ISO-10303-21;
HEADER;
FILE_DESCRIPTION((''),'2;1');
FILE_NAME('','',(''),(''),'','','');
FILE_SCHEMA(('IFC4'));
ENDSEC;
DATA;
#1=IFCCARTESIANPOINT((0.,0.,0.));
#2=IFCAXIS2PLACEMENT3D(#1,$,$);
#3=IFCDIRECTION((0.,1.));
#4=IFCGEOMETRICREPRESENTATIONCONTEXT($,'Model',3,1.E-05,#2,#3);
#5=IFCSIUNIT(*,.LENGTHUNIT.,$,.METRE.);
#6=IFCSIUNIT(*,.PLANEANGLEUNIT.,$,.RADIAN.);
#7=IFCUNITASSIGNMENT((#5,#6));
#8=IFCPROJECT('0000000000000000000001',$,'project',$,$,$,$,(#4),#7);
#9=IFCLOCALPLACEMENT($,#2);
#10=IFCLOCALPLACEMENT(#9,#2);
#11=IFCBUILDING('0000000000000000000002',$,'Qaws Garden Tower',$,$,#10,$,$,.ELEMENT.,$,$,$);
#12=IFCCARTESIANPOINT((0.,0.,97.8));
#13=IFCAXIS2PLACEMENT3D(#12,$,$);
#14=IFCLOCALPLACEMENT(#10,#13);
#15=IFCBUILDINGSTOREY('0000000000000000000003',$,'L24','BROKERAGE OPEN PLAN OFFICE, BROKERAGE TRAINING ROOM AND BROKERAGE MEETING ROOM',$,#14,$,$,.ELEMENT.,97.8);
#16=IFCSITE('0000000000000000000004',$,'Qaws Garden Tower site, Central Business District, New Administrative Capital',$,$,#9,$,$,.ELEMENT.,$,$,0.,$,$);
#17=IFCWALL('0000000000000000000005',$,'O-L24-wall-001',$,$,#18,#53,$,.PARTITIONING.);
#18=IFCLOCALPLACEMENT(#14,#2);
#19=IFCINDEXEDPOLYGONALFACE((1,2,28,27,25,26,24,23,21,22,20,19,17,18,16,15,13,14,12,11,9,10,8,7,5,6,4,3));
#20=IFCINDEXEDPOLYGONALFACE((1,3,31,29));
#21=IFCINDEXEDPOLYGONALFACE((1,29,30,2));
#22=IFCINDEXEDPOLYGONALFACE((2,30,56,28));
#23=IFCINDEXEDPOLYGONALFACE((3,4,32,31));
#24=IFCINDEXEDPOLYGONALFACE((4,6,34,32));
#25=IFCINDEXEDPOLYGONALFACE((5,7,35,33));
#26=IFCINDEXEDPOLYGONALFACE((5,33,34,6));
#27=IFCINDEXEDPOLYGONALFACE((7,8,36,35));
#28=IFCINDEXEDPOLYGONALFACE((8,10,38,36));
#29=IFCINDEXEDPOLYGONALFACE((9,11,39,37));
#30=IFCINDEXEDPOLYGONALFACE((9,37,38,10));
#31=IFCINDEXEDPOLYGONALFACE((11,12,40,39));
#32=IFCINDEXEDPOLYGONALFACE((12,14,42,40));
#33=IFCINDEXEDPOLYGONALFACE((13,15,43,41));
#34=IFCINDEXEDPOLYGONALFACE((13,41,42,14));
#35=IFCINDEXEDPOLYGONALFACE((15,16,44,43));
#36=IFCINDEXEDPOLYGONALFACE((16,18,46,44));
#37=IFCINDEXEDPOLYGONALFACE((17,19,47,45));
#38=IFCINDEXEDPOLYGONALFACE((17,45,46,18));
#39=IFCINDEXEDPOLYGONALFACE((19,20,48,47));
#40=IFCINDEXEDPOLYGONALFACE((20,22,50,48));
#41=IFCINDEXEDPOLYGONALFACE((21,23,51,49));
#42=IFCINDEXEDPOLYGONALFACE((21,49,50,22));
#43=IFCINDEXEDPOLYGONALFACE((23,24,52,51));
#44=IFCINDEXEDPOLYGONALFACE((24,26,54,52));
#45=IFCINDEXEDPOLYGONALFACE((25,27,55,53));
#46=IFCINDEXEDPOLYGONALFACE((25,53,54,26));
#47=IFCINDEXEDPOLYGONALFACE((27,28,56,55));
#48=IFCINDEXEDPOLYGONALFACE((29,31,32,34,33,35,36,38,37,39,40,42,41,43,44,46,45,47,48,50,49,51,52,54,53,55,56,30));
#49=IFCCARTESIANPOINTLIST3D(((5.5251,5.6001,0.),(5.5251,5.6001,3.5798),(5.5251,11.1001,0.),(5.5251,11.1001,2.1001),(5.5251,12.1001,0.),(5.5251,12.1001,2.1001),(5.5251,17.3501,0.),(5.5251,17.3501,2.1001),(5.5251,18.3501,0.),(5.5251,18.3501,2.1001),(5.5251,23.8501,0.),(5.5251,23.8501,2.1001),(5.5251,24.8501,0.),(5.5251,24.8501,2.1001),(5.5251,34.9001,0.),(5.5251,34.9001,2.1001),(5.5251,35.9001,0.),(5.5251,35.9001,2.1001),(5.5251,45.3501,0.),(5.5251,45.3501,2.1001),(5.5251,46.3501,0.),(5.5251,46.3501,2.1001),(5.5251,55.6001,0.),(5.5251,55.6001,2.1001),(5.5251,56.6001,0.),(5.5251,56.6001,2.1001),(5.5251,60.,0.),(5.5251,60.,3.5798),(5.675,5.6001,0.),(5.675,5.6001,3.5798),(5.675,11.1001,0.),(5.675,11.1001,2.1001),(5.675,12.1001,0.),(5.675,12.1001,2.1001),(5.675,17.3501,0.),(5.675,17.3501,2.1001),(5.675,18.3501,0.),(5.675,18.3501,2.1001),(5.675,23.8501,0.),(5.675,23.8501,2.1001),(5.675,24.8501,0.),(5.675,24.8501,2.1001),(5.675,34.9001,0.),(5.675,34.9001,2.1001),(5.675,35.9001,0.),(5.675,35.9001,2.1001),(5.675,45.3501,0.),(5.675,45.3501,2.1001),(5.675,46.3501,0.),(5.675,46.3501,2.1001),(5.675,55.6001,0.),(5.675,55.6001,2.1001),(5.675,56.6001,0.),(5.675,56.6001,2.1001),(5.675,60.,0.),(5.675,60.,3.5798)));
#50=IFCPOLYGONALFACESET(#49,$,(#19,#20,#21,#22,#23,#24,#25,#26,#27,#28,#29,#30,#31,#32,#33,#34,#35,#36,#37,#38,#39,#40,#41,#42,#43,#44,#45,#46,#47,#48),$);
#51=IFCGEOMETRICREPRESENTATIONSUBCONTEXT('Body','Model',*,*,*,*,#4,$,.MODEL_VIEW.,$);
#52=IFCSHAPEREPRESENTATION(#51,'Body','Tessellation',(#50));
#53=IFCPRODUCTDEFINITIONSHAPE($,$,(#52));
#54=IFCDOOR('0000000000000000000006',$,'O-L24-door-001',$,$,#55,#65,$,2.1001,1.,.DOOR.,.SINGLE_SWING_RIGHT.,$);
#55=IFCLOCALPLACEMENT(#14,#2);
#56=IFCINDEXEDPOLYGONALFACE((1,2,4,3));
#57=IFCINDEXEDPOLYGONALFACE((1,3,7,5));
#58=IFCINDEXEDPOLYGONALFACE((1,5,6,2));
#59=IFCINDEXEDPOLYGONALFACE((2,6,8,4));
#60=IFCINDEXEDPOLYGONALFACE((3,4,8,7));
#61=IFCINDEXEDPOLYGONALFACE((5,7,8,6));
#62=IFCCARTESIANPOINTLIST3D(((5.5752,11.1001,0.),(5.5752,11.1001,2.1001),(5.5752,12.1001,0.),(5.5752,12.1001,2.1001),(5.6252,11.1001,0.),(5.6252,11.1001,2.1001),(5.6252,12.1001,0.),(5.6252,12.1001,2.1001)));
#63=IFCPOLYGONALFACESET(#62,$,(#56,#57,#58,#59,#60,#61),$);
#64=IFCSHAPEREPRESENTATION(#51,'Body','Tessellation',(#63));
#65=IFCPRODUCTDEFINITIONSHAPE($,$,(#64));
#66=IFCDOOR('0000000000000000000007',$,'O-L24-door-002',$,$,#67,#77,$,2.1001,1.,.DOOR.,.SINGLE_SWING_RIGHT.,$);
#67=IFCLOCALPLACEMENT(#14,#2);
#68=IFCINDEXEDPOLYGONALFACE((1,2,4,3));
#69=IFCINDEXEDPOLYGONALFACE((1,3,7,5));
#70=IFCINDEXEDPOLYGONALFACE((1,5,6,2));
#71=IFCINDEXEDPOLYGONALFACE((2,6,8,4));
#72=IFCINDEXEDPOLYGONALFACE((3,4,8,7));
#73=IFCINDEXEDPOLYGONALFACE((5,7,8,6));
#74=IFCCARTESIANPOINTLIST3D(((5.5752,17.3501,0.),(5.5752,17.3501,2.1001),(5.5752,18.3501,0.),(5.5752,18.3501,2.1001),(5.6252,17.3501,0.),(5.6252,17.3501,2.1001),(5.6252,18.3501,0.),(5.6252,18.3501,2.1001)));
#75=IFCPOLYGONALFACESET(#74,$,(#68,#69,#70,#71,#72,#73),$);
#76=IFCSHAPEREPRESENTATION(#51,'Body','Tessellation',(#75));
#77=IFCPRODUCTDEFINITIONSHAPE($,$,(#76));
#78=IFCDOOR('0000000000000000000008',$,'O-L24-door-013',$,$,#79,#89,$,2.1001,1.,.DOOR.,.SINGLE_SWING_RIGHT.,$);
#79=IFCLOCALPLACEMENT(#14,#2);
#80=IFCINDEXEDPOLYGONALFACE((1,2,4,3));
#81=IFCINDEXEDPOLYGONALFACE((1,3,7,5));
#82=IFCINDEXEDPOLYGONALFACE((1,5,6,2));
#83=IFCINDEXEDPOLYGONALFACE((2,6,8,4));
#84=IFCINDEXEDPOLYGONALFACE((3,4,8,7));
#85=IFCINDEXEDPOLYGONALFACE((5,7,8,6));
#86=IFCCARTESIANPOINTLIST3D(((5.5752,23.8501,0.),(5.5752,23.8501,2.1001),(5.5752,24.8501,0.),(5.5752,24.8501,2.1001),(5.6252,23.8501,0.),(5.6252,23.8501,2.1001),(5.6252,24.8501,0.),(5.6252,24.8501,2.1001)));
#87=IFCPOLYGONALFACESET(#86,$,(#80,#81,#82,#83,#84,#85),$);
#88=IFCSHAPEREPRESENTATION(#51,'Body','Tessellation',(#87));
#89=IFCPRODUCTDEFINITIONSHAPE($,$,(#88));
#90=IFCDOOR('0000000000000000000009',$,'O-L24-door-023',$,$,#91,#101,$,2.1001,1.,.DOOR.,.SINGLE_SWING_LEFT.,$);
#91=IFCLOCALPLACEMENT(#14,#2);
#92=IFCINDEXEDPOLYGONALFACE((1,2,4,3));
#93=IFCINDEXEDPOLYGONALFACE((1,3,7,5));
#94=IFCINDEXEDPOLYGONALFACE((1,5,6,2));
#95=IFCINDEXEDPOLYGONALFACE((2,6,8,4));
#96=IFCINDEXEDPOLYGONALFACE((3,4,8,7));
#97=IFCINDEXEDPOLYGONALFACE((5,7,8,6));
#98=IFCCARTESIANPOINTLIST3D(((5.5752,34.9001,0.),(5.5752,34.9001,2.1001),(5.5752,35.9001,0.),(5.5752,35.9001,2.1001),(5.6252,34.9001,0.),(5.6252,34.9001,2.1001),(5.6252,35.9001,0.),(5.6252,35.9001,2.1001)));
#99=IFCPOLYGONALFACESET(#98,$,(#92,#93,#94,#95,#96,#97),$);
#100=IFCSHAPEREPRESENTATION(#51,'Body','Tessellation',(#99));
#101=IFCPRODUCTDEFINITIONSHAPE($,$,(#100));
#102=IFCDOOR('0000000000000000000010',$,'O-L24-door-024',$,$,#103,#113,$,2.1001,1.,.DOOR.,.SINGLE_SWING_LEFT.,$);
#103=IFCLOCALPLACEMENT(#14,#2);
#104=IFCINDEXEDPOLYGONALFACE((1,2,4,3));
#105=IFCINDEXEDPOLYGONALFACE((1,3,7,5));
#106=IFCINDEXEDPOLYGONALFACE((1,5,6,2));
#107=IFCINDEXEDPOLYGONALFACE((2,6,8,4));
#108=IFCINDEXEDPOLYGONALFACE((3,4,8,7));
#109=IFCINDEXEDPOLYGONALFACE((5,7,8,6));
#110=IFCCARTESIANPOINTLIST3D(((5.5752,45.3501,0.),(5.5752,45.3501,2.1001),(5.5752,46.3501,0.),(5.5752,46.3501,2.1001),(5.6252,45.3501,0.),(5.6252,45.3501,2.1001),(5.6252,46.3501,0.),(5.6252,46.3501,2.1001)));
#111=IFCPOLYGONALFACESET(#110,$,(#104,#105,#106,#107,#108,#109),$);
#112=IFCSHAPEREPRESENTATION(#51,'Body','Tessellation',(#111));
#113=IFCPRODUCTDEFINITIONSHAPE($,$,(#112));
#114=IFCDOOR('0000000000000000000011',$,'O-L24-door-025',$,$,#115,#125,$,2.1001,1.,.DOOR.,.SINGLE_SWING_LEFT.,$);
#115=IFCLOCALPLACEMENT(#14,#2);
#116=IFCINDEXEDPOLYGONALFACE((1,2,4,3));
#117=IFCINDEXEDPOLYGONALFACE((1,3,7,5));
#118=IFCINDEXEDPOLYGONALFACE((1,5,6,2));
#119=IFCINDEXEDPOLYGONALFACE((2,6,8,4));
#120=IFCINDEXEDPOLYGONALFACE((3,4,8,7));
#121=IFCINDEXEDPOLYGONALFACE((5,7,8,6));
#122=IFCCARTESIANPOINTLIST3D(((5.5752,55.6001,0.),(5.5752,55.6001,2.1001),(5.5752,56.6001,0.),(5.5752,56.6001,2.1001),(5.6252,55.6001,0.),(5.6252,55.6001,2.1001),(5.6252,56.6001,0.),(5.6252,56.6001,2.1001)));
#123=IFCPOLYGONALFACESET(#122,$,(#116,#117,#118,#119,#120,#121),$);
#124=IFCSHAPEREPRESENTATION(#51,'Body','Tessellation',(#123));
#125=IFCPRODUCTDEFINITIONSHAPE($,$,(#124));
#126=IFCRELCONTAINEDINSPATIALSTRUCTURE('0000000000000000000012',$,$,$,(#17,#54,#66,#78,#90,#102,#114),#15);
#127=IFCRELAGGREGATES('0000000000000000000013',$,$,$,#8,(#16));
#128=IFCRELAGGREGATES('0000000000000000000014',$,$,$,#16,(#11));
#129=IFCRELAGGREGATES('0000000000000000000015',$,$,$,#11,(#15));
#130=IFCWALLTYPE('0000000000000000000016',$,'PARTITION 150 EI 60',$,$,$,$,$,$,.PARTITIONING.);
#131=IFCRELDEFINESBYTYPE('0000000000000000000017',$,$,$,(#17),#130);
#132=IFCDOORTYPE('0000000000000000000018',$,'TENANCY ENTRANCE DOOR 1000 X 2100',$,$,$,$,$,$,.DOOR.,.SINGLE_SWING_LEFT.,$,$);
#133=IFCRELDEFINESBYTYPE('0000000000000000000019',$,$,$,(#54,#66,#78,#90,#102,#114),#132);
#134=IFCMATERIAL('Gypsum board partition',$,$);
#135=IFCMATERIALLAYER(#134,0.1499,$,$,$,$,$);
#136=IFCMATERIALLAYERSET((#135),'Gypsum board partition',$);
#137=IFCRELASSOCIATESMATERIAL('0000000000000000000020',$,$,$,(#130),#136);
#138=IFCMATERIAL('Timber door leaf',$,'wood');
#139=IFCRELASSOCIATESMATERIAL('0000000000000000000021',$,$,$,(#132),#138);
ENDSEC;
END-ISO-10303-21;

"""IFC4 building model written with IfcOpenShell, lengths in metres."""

from ifc_helpers import new_model, si_unit, direction, frame, frame_2d, origin, place, context, subcontext, project, spatial, rectangle, extrude, material, layer, layer_set, type_object, element, fill, save


model = new_model("IFC4")

# Units and contexts
model_context = context("Model", 3, precision=1e-05, world=origin(), true_north=direction((0.0, 1.0)))
body_context = subcontext(model_context, "Body", "Model", "MODEL_VIEW")
ifc_project = project(units=[si_unit("LENGTHUNIT", "METRE"), si_unit("PLANEANGLEUNIT", "RADIAN")], contexts=[model_context])

# Site, building, storey
site_placement = place(None, origin())
site = spatial("IfcSite", under=ifc_project, at=site_placement, Name="Qaws Garden Tower site, Central Business District, New Administrative Capital", CompositionType="ELEMENT", RefElevation=0.0)
building_placement = place(site_placement, origin())
building = spatial("IfcBuilding", under=site, at=building_placement, Name="Qaws Garden Tower", CompositionType="ELEMENT")
storey_placement = place(building_placement, frame((0.0, 0.0, 97.8)))
storey = spatial("IfcBuildingStorey", under=building, at=storey_placement, Name="L24", Description="BROKERAGE OPEN PLAN OFFICE, BROKERAGE TRAINING ROOM AND BROKERAGE MEETING ROOM", CompositionType="ELEMENT", Elevation=97.8)

# Wall, openings, doors
ifc_material_1 = material(Name="Gypsum board partition")
ifc_layer_1 = layer(ifc_material_1, 0.1499)
ifc_layer_set_1 = layer_set([ifc_layer_1], Name="Gypsum board partition")
wall_type_1 = type_object("IfcWallType", Name="PARTITION 150 EI 60", PredefinedType="PARTITIONING", material=ifc_layer_set_1)
wall_1_placement = place(storey_placement, frame((5.6001, 5.6001, 0.0), z_axis=(0.0, 0.0, 1.0), x_axis=(0.0, 1.0, 0.0)))
wall_1 = element("IfcWall", 1, at=wall_1_placement, inside=storey, type_object=wall_type_1, Name="O-L24-wall-001", PredefinedType="PARTITIONING", context=body_context, shape_type="SweptSolid", body=[
    extrude(rectangle(XDim=54.3999, YDim=0.1499, at=frame_2d((27.2, 0.0))), origin(), (0.0, 0.0, 1.0), 3.5798),
])
opening_1_placement = place(wall_1_placement, frame((5.5, 0.0, 0.0)))
opening_1 = element("IfcOpeningElement", 2, at=opening_1_placement, cuts=wall_1, PredefinedType="OPENING", context=body_context, shape_type="SweptSolid", body=[
    extrude(rectangle(XDim=1.0, YDim=2.1001, at=frame_2d((0.5, 1.05))), frame((0.0, 0.085, 0.0), z_axis=(0.0, -1.0, 0.0), x_axis=(1.0, 0.0, 0.0)), (0.0, 0.0, 1.0), 0.1699),
])
opening_2_placement = place(wall_1_placement, frame((11.75, 0.0, 0.0)))
opening_2 = element("IfcOpeningElement", 3, at=opening_2_placement, cuts=wall_1, PredefinedType="OPENING", context=body_context, shape_type="SweptSolid", body=[
    extrude(rectangle(XDim=1.0, YDim=2.1001, at=frame_2d((0.5, 1.05))), frame((0.0, 0.085, 0.0), z_axis=(0.0, -1.0, 0.0), x_axis=(1.0, 0.0, 0.0)), (0.0, 0.0, 1.0), 0.1699),
])
opening_3_placement = place(wall_1_placement, frame((18.25, 0.0, 0.0)))
opening_3 = element("IfcOpeningElement", 4, at=opening_3_placement, cuts=wall_1, PredefinedType="OPENING", context=body_context, shape_type="SweptSolid", body=[
    extrude(rectangle(XDim=1.0, YDim=2.1001, at=frame_2d((0.5, 1.05))), frame((0.0, 0.085, 0.0), z_axis=(0.0, -1.0, 0.0), x_axis=(1.0, 0.0, 0.0)), (0.0, 0.0, 1.0), 0.1699),
])
opening_4_placement = place(wall_1_placement, frame((29.3, 0.0, 0.0)))
opening_4 = element("IfcOpeningElement", 5, at=opening_4_placement, cuts=wall_1, PredefinedType="OPENING", context=body_context, shape_type="SweptSolid", body=[
    extrude(rectangle(XDim=1.0, YDim=2.1001, at=frame_2d((0.5, 1.05))), frame((0.0, 0.085, 0.0), z_axis=(0.0, -1.0, 0.0), x_axis=(1.0, 0.0, 0.0)), (0.0, 0.0, 1.0), 0.1699),
])
opening_5_placement = place(wall_1_placement, frame((39.75, 0.0, 0.0)))
opening_5 = element("IfcOpeningElement", 6, at=opening_5_placement, cuts=wall_1, PredefinedType="OPENING", context=body_context, shape_type="SweptSolid", body=[
    extrude(rectangle(XDim=1.0, YDim=2.1001, at=frame_2d((0.5, 1.05))), frame((0.0, 0.085, 0.0), z_axis=(0.0, -1.0, 0.0), x_axis=(1.0, 0.0, 0.0)), (0.0, 0.0, 1.0), 0.1699),
])
opening_6_placement = place(wall_1_placement, frame((50.0, 0.0, 0.0)))
opening_6 = element("IfcOpeningElement", 7, at=opening_6_placement, cuts=wall_1, PredefinedType="OPENING", context=body_context, shape_type="SweptSolid", body=[
    extrude(rectangle(XDim=1.0, YDim=2.1001, at=frame_2d((0.5, 1.05))), frame((0.0, 0.085, 0.0), z_axis=(0.0, -1.0, 0.0), x_axis=(1.0, 0.0, 0.0)), (0.0, 0.0, 1.0), 0.1699),
])
ifc_material_2 = material(Name="Timber door leaf", Category="wood")
door_type_1 = type_object("IfcDoorType", Name="TENANCY ENTRANCE DOOR 1000 X 2100", OperationType="SINGLE_SWING_LEFT", PredefinedType="DOOR", material=ifc_material_2)
door_1_placement = place(opening_1_placement, origin())
door_1 = element("IfcDoor", 8, at=door_1_placement, inside=storey, type_object=door_type_1, Name="O-L24-door-001", OperationType="SINGLE_SWING_RIGHT", OverallHeight=2.1001, OverallWidth=1.0, PredefinedType="DOOR", context=body_context, shape_type="SweptSolid", body=[
    extrude(rectangle(XDim=1.0, YDim=2.1001, at=frame_2d((0.5, 1.05))), frame((0.0, 0.0249, 0.0), z_axis=(0.0, -1.0, 0.0), x_axis=(1.0, 0.0, 0.0)), (0.0, 0.0, 1.0), 0.05),
])
fill(opening_1, door_1)
door_2_placement = place(opening_2_placement, origin())
door_2 = element("IfcDoor", 9, at=door_2_placement, inside=storey, type_object=door_type_1, Name="O-L24-door-002", OperationType="SINGLE_SWING_RIGHT", OverallHeight=2.1001, OverallWidth=1.0, PredefinedType="DOOR", context=body_context, shape_type="SweptSolid", body=[
    extrude(rectangle(XDim=1.0, YDim=2.1001, at=frame_2d((0.5, 1.05))), frame((0.0, 0.0249, 0.0), z_axis=(0.0, -1.0, 0.0), x_axis=(1.0, 0.0, 0.0)), (0.0, 0.0, 1.0), 0.05),
])
fill(opening_2, door_2)
door_3_placement = place(opening_3_placement, origin())
door_3 = element("IfcDoor", 10, at=door_3_placement, inside=storey, type_object=door_type_1, Name="O-L24-door-013", OperationType="SINGLE_SWING_RIGHT", OverallHeight=2.1001, OverallWidth=1.0, PredefinedType="DOOR", context=body_context, shape_type="SweptSolid", body=[
    extrude(rectangle(XDim=1.0, YDim=2.1001, at=frame_2d((0.5, 1.05))), frame((0.0, 0.0249, 0.0), z_axis=(0.0, -1.0, 0.0), x_axis=(1.0, 0.0, 0.0)), (0.0, 0.0, 1.0), 0.05),
])
fill(opening_3, door_3)
door_4_placement = place(opening_4_placement, origin())
door_4 = element("IfcDoor", 11, at=door_4_placement, inside=storey, type_object=door_type_1, Name="O-L24-door-023", OperationType="SINGLE_SWING_LEFT", OverallHeight=2.1001, OverallWidth=1.0, PredefinedType="DOOR", context=body_context, shape_type="SweptSolid", body=[
    extrude(rectangle(XDim=1.0, YDim=2.1001, at=frame_2d((0.5, 1.05))), frame((0.0, 0.0249, 0.0), z_axis=(0.0, -1.0, 0.0), x_axis=(1.0, 0.0, 0.0)), (0.0, 0.0, 1.0), 0.05),
])
fill(opening_4, door_4)
door_5_placement = place(opening_5_placement, origin())
door_5 = element("IfcDoor", 12, at=door_5_placement, inside=storey, type_object=door_type_1, Name="O-L24-door-024", OperationType="SINGLE_SWING_LEFT", OverallHeight=2.1001, OverallWidth=1.0, PredefinedType="DOOR", context=body_context, shape_type="SweptSolid", body=[
    extrude(rectangle(XDim=1.0, YDim=2.1001, at=frame_2d((0.5, 1.05))), frame((0.0, 0.0249, 0.0), z_axis=(0.0, -1.0, 0.0), x_axis=(1.0, 0.0, 0.0)), (0.0, 0.0, 1.0), 0.05),
])
fill(opening_5, door_5)
door_6_placement = place(opening_6_placement, origin())
door_6 = element("IfcDoor", 13, at=door_6_placement, inside=storey, type_object=door_type_1, Name="O-L24-door-025", OperationType="SINGLE_SWING_LEFT", OverallHeight=2.1001, OverallWidth=1.0, PredefinedType="DOOR", context=body_context, shape_type="SweptSolid", body=[
    extrude(rectangle(XDim=1.0, YDim=2.1001, at=frame_2d((0.5, 1.05))), frame((0.0, 0.0249, 0.0), z_axis=(0.0, -1.0, 0.0), x_axis=(1.0, 0.0, 0.0)), (0.0, 0.0, 1.0), 0.05),
])
fill(opening_6, door_6)

save(model, "model.ifc")
